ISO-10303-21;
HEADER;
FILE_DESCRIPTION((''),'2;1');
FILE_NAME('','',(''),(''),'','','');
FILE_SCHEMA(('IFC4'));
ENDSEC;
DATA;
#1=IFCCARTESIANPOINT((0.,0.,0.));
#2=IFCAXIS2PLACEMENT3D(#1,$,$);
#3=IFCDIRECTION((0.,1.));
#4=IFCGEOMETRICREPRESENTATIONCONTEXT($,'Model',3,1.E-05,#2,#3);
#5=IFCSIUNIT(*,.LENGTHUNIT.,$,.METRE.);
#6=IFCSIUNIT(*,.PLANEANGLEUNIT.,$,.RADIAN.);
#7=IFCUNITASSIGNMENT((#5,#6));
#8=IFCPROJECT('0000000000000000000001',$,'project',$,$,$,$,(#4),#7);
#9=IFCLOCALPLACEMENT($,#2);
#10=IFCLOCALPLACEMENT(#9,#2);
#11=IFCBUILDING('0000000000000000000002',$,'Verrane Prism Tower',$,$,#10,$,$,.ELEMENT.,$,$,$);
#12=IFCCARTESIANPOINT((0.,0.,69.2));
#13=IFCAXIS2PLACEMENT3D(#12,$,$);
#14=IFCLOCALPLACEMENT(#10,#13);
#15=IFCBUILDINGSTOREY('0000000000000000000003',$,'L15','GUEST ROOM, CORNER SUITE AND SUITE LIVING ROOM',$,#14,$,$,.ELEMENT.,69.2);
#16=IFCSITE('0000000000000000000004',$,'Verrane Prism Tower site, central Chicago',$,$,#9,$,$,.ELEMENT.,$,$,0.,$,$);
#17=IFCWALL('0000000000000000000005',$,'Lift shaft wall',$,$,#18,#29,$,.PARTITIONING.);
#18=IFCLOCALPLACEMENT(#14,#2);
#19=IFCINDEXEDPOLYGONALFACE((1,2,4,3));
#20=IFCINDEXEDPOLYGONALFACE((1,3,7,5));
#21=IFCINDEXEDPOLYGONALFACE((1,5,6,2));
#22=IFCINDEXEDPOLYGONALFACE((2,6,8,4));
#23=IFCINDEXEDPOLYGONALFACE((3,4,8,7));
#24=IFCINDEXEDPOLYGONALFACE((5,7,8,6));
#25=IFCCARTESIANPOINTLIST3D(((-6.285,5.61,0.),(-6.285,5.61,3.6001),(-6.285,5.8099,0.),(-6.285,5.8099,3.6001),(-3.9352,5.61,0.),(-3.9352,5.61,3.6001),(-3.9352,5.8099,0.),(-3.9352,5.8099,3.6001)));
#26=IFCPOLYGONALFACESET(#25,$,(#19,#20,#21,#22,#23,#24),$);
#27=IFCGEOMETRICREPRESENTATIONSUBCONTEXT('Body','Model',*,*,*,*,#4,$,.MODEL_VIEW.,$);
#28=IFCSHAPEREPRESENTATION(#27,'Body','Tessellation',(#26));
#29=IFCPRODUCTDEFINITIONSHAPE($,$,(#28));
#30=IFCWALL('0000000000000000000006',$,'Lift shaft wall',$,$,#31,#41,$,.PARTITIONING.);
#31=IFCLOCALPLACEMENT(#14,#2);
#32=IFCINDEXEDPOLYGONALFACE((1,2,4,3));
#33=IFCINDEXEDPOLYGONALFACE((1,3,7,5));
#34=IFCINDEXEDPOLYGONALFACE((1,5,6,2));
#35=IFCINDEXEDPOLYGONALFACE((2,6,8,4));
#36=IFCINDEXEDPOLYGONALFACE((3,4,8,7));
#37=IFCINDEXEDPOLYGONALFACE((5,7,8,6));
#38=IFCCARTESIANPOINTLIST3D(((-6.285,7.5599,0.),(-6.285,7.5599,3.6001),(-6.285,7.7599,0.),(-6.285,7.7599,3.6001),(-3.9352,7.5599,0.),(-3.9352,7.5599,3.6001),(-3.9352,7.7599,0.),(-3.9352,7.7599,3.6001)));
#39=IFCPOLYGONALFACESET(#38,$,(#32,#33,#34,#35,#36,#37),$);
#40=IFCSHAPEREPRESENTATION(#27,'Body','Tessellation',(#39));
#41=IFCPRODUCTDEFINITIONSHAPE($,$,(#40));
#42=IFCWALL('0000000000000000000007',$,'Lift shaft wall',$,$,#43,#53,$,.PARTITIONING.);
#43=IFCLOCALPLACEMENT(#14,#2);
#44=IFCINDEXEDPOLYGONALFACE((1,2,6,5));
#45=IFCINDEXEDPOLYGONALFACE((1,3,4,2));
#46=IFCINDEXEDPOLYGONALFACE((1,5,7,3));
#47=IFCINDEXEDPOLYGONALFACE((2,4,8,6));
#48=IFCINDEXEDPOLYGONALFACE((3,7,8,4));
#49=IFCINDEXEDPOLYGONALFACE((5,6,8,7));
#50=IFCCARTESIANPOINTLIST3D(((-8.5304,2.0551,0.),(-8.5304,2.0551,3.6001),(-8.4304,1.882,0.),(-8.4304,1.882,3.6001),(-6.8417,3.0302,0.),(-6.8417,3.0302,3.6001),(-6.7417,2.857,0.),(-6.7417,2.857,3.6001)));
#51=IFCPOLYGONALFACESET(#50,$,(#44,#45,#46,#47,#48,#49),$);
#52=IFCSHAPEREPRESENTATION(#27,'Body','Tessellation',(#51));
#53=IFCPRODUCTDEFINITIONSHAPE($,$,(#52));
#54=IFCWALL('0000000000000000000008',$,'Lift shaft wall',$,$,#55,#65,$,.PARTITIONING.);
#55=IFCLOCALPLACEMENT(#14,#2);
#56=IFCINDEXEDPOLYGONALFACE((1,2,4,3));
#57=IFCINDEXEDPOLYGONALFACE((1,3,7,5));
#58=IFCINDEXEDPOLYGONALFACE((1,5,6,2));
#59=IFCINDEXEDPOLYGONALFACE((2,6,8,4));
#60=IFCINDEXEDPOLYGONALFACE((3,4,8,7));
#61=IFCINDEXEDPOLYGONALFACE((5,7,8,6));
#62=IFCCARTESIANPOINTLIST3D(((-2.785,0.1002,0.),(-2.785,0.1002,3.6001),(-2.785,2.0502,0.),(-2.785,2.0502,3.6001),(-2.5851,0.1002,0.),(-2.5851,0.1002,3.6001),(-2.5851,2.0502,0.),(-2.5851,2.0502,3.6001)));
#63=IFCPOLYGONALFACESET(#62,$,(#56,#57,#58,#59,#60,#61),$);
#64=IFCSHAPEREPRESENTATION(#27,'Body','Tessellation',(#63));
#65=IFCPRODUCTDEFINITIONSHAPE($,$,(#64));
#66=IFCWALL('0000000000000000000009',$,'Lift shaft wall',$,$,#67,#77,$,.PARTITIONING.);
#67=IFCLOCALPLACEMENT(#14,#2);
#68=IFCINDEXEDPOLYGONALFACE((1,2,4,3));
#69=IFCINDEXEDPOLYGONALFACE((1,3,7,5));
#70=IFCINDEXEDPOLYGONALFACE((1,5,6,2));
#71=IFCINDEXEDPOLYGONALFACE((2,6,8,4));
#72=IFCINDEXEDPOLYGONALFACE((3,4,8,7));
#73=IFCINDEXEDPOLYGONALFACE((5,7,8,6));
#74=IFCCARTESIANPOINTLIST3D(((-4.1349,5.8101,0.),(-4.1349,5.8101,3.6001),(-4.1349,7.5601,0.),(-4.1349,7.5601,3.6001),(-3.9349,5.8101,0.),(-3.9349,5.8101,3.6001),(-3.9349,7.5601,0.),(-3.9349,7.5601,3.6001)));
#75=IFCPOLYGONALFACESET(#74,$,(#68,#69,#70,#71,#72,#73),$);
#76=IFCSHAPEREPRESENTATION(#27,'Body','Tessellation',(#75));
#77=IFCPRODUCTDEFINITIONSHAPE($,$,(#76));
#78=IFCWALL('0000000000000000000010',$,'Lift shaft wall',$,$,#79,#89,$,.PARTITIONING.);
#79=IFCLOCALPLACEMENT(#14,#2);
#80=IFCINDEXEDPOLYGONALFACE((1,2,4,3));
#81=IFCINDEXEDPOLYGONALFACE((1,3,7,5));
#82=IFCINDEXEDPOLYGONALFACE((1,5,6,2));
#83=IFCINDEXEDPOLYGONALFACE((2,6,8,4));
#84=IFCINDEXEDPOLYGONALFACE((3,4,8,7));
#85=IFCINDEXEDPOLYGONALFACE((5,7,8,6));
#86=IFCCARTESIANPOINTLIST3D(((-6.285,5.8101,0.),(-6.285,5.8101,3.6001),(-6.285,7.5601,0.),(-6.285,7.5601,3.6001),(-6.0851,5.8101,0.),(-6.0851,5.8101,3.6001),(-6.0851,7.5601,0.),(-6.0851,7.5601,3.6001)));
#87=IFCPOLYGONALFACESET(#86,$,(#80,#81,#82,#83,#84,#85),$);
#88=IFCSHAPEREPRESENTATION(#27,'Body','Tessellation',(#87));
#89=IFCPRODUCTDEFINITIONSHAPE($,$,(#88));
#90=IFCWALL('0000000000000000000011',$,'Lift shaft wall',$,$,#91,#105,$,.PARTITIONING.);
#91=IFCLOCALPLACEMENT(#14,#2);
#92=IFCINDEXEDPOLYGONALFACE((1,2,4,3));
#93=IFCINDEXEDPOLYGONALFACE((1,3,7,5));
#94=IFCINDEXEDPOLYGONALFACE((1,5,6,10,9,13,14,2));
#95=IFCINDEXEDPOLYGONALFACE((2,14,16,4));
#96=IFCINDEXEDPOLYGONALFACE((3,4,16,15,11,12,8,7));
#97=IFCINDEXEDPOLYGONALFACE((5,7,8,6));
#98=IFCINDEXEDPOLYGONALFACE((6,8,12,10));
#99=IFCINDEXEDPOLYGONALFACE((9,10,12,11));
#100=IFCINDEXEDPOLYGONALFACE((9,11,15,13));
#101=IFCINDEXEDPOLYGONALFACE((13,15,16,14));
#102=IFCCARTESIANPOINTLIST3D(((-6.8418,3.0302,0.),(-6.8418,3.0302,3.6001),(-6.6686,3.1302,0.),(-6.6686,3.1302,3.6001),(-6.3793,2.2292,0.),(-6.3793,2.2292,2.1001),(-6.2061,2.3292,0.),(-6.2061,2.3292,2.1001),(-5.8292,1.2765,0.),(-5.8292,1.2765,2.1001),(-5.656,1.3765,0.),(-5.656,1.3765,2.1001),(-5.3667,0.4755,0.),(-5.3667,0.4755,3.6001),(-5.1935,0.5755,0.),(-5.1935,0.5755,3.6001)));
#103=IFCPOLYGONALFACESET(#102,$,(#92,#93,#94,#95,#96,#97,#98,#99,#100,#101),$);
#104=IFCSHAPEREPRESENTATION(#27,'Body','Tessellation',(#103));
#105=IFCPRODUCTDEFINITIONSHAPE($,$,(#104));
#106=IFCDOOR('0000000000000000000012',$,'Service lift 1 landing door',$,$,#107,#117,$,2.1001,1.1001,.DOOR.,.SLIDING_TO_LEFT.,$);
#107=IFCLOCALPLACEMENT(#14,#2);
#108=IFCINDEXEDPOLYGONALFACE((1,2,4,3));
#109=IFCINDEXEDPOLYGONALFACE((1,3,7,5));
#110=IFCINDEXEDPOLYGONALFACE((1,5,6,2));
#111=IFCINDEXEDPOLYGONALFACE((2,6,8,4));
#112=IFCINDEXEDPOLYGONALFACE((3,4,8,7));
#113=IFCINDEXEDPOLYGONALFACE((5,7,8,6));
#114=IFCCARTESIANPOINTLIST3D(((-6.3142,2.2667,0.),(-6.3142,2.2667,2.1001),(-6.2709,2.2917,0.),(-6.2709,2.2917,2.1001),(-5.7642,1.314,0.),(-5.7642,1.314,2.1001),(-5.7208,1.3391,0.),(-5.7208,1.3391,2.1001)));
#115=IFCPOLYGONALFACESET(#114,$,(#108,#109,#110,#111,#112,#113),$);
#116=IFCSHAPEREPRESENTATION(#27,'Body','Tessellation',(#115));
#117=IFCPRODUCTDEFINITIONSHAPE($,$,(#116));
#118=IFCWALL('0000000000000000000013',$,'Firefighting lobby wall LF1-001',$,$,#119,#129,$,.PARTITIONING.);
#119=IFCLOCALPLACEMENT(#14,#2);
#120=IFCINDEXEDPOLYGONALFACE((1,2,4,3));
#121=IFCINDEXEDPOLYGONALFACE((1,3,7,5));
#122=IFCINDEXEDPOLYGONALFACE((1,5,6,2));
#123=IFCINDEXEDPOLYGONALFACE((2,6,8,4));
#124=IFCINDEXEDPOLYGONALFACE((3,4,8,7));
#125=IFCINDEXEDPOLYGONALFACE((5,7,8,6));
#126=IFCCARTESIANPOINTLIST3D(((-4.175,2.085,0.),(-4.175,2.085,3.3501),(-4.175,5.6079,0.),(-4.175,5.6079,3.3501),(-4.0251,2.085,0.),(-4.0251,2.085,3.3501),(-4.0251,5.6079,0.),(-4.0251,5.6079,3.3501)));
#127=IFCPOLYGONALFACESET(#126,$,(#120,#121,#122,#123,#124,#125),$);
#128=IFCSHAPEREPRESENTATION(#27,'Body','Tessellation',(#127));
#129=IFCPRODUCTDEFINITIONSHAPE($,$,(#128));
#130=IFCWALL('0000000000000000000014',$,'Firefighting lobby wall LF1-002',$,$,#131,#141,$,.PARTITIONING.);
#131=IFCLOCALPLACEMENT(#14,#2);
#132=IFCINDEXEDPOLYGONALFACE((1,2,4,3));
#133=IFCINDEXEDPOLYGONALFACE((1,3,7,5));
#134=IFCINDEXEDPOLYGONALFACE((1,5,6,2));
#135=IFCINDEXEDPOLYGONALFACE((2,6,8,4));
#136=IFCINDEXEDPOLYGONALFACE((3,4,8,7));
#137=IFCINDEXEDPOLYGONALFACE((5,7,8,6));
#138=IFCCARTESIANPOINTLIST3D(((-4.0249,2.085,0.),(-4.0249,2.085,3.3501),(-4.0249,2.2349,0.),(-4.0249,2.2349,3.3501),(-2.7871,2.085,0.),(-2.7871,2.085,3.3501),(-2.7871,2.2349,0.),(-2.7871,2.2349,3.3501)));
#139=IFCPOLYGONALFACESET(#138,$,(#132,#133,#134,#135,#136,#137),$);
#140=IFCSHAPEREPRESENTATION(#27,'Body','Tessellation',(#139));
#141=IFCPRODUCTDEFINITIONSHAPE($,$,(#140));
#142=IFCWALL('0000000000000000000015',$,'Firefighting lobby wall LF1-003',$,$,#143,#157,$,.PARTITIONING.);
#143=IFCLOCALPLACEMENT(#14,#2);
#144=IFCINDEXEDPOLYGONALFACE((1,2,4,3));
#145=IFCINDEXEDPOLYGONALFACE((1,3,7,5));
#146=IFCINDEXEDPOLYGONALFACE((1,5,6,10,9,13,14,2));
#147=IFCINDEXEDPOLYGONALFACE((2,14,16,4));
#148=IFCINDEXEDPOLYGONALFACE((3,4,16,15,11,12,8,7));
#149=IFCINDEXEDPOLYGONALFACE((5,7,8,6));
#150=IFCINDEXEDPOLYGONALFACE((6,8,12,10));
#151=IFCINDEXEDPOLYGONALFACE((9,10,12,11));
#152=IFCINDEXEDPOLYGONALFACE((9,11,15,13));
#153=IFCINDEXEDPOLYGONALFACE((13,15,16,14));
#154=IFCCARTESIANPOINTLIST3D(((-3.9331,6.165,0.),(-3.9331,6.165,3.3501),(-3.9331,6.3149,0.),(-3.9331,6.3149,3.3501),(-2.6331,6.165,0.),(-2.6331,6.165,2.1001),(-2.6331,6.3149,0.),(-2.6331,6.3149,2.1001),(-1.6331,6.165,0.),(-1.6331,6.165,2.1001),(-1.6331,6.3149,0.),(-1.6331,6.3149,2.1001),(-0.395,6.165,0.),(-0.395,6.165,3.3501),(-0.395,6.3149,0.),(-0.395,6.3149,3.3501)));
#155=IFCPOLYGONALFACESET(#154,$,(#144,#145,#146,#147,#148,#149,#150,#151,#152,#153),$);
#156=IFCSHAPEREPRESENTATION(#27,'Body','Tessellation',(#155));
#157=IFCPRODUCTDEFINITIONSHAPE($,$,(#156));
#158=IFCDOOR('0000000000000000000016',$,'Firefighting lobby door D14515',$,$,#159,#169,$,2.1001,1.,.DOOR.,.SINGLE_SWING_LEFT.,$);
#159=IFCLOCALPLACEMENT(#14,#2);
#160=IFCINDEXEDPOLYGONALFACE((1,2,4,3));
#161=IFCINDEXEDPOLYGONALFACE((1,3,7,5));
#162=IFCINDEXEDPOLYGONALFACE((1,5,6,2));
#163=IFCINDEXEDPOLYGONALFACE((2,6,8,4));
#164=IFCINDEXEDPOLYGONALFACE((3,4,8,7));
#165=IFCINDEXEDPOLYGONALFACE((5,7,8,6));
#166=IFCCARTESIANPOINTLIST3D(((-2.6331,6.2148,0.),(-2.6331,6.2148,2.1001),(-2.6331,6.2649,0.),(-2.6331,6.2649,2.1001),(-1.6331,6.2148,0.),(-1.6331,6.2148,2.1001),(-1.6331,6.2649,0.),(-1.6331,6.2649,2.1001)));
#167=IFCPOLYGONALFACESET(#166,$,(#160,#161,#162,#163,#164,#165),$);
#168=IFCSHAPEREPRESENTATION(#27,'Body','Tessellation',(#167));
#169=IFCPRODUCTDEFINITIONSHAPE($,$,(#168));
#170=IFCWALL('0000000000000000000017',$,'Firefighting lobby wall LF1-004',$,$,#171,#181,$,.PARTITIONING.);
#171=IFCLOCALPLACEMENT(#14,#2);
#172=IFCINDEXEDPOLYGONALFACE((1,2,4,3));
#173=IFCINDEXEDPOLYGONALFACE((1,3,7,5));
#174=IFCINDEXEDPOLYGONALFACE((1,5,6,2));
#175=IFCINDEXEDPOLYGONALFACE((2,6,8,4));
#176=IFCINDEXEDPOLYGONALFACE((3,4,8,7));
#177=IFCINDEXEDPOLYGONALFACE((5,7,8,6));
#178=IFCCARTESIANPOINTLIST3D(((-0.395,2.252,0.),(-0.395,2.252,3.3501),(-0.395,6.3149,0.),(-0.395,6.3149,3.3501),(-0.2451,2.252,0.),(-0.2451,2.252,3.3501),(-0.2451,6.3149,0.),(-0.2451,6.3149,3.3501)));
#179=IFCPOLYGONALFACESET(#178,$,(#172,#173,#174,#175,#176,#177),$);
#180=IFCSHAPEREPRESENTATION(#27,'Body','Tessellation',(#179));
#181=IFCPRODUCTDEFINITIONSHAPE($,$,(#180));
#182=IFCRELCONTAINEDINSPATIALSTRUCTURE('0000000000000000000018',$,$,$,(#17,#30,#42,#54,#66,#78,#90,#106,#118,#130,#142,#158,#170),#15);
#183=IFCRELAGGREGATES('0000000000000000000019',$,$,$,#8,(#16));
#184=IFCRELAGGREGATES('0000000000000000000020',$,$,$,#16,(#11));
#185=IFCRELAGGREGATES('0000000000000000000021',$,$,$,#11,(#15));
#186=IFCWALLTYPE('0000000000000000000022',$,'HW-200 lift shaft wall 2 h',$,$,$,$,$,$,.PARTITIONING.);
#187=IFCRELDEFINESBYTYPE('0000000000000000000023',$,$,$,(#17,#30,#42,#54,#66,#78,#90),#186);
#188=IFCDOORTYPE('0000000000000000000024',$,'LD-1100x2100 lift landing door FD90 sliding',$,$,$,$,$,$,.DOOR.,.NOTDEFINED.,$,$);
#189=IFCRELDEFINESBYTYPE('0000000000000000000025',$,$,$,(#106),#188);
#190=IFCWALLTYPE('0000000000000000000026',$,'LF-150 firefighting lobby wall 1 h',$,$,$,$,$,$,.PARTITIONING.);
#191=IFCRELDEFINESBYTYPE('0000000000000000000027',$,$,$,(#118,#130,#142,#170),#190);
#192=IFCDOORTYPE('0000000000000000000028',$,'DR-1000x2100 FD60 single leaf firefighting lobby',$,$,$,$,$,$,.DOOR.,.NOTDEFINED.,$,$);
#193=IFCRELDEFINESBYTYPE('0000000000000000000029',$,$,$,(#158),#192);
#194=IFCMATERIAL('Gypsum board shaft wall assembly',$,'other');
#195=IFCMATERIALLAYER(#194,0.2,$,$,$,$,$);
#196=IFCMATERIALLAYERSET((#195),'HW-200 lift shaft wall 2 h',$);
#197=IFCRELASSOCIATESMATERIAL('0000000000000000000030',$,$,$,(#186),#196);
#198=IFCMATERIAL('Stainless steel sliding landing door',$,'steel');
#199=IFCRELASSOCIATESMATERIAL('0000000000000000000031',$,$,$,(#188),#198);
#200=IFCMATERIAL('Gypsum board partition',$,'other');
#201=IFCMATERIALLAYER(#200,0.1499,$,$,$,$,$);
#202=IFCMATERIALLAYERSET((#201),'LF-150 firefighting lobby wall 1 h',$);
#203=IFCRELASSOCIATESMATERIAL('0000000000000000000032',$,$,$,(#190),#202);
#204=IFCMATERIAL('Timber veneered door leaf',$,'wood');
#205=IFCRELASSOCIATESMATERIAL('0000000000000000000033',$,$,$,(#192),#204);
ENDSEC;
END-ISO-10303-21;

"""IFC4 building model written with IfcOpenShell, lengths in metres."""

from ifc_helpers import new_model, si_unit, direction, frame, frame_2d, origin, place, context, subcontext, project, spatial, rectangle, extrude, material, layer, layer_set, type_object, element, fill, save


model = new_model("IFC4")

# Units and contexts
model_context = context("Model", 3, precision=1e-05, world=origin(), true_north=direction((0.0, 1.0)))
body_context = subcontext(model_context, "Body", "Model", "MODEL_VIEW")
ifc_project = project(units=[si_unit("LENGTHUNIT", "METRE"), si_unit("PLANEANGLEUNIT", "RADIAN")], contexts=[model_context])

# Site, building, storey
site_placement = place(None, origin())
site = spatial("IfcSite", under=ifc_project, at=site_placement, Name="Verrane Prism Tower site, central Chicago", CompositionType="ELEMENT", RefElevation=0.0)
building_placement = place(site_placement, origin())
building = spatial("IfcBuilding", under=site, at=building_placement, Name="Verrane Prism Tower", CompositionType="ELEMENT")
storey_placement = place(building_placement, frame((0.0, 0.0, 69.2)))
storey = spatial("IfcBuildingStorey", under=building, at=storey_placement, Name="L15", Description="GUEST ROOM, CORNER SUITE AND SUITE LIVING ROOM", CompositionType="ELEMENT", Elevation=69.2)

# Shared definitions
ifc_material_1 = material(Name="Gypsum board shaft wall assembly", Category="other")
ifc_layer_1 = layer(ifc_material_1, 0.2)
ifc_layer_set_1 = layer_set([ifc_layer_1], Name="HW-200 lift shaft wall 2 h")
wall_type_1 = type_object("IfcWallType", Name="HW-200 lift shaft wall 2 h", PredefinedType="PARTITIONING", material=ifc_layer_set_1)
ifc_material_2 = material(Name="Stainless steel sliding landing door", Category="steel")
door_type_1 = type_object("IfcDoorType", Name="LD-1100x2100 lift landing door FD90 sliding", OperationType="NOTDEFINED", PredefinedType="DOOR", material=ifc_material_2)

# Walls
for number, where, z_axis, x_axis, name in (
    (1, (-6.2849, 5.71, 0.0), (0.0, 0.0, 1.0), (1.0, 0.0, 0.0), "Lift shaft wall"),
    (2, (-6.2849, 7.6599, 0.0), (0.0, 0.0, 1.0), (1.0, 0.0, 0.0), "Lift shaft wall"),
):
    element("IfcWall", number, at=place(storey_placement, frame(where, z_axis=z_axis, x_axis=x_axis)), inside=storey, type_object=wall_type_1, Name=name, PredefinedType="PARTITIONING", context=body_context, shape_type="SweptSolid", body=[
        extrude(rectangle(XDim=2.3499, YDim=0.2, at=frame_2d((1.1748, 0.0))), origin(), (0.0, 0.0, 1.0), 3.6001),
    ])
for number, where, z_axis, x_axis, name in (
    (3, (-8.4805, 1.9685, 0.0), (0.0, 0.0, 1.0), (0.866, 0.500044, 0.0), "Lift shaft wall"),
    (4, (-2.6851, 0.1001, 0.0), (0.0, 0.0, 1.0), (0.0, 1.0, 0.0), "Lift shaft wall"),
):
    element("IfcWall", number, at=place(storey_placement, frame(where, z_axis=z_axis, x_axis=x_axis)), inside=storey, type_object=wall_type_1, Name=name, PredefinedType="PARTITIONING", context=body_context, shape_type="SweptSolid", body=[
        extrude(rectangle(XDim=1.95, YDim=0.2, at=frame_2d((0.9751, 0.0))), origin(), (0.0, 0.0, 1.0), 3.6001),
    ])
for number, where, z_axis, x_axis, name in (
    (5, (-4.0349, 5.8101, 0.0), (0.0, 0.0, 1.0), (0.0, 1.0, 0.0), "Lift shaft wall"),
    (6, (-6.1851, 5.8101, 0.0), (0.0, 0.0, 1.0), (0.0, 1.0, 0.0), "Lift shaft wall"),
):
    element("IfcWall", number, at=place(storey_placement, frame(where, z_axis=z_axis, x_axis=x_axis)), inside=storey, type_object=wall_type_1, Name=name, PredefinedType="PARTITIONING", context=body_context, shape_type="SweptSolid", body=[
        extrude(rectangle(XDim=1.75, YDim=0.2, at=frame_2d((0.875, 0.0))), origin(), (0.0, 0.0, 1.0), 3.6001),
    ])

# Wall, opening, door
wall_1_placement = place(storey_placement, frame((-5.28, 0.5254, 0.0), z_axis=(0.0, 0.0, 1.0), x_axis=(-0.500038, 0.866004, 0.0)))
wall_1 = element("IfcWall", 7, at=wall_1_placement, inside=storey, type_object=wall_type_1, Name="Lift shaft wall", PredefinedType="PARTITIONING", context=body_context, shape_type="SweptSolid", body=[
    extrude(rectangle(XDim=2.95, YDim=0.2, at=frame_2d((1.4751, 0.0))), origin(), (0.0, 0.0, 1.0), 3.6001),
])
opening_1_placement = place(wall_1_placement, frame((0.925, 0.0, 0.0)))
opening_1 = element("IfcOpeningElement", 8, at=opening_1_placement, cuts=wall_1, PredefinedType="OPENING", context=body_context, shape_type="SweptSolid", body=[
    extrude(rectangle(XDim=1.1001, YDim=2.1001, at=frame_2d((0.55, 1.05))), frame((0.0, 0.1099, 0.0), z_axis=(0.0, -1.0, 0.0), x_axis=(1.0, 0.0, 0.0)), (0.0, 0.0, 1.0), 0.22),
])
door_1_placement = place(opening_1_placement, origin())
door_1 = element("IfcDoor", 9, at=door_1_placement, inside=storey, type_object=door_type_1, Name="Service lift 1 landing door", OperationType="SLIDING_TO_LEFT", OverallHeight=2.1001, OverallWidth=1.1001, PredefinedType="DOOR", context=body_context, shape_type="SweptSolid", body=[
    extrude(rectangle(XDim=1.1001, YDim=2.1001, at=frame_2d((0.55, 1.05))), frame((0.0, 0.0249, 0.0), z_axis=(0.0, -1.0, 0.0), x_axis=(1.0, 0.0, 0.0)), (0.0, 0.0, 1.0), 0.05),
])
fill(opening_1, door_1)

# Walls
ifc_material_3 = material(Name="Gypsum board partition", Category="other")
ifc_layer_2 = layer(ifc_material_3, 0.1499)
ifc_layer_set_2 = layer_set([ifc_layer_2], Name="LF-150 firefighting lobby wall 1 h")
wall_type_2 = type_object("IfcWallType", Name="LF-150 firefighting lobby wall 1 h", PredefinedType="PARTITIONING", material=ifc_layer_set_2)
wall_2_placement = place(storey_placement, frame((-4.1001, 2.085, 0.0), z_axis=(0.0, 0.0, 1.0), x_axis=(0.0, 1.0, 0.0)))
element("IfcWall", 10, at=wall_2_placement, inside=storey, type_object=wall_type_2, Name="Firefighting lobby wall LF1-001", PredefinedType="PARTITIONING", context=body_context, shape_type="SweptSolid", body=[
    extrude(rectangle(XDim=3.5229, YDim=0.1499, at=frame_2d((1.7615, 0.0))), origin(), (0.0, 0.0, 1.0), 3.3501),
])
wall_3_placement = place(storey_placement, frame((-4.0249, 2.1599, 0.0), z_axis=(0.0, 0.0, 1.0), x_axis=(1.0, 0.0, 0.0)))
element("IfcWall", 11, at=wall_3_placement, inside=storey, type_object=wall_type_2, Name="Firefighting lobby wall LF1-002", PredefinedType="PARTITIONING", context=body_context, shape_type="SweptSolid", body=[
    extrude(rectangle(XDim=1.2378, YDim=0.1499, at=frame_2d((0.6189, 0.0))), origin(), (0.0, 0.0, 1.0), 3.3501),
])

# Wall, opening, door
wall_4_placement = place(storey_placement, frame((-3.9331, 6.24, 0.0), z_axis=(0.0, 0.0, 1.0), x_axis=(1.0, 0.0, 0.0)))
wall_4 = element("IfcWall", 12, at=wall_4_placement, inside=storey, type_object=wall_type_2, Name="Firefighting lobby wall LF1-003", PredefinedType="PARTITIONING", context=body_context, shape_type="SweptSolid", body=[
    extrude(rectangle(XDim=3.5381, YDim=0.1499, at=frame_2d((1.769, 0.0))), origin(), (0.0, 0.0, 1.0), 3.3501),
])
opening_2_placement = place(wall_4_placement, frame((1.3, 0.0, 0.0)))
opening_2 = element("IfcOpeningElement", 13, at=opening_2_placement, cuts=wall_4, PredefinedType="OPENING", context=body_context, shape_type="SweptSolid", body=[
    extrude(rectangle(XDim=1.0, YDim=2.1001, at=frame_2d((0.5, 1.05))), frame((0.0, 0.085, 0.0), z_axis=(0.0, -1.0, 0.0), x_axis=(1.0, 0.0, 0.0)), (0.0, 0.0, 1.0), 0.1699),
])
ifc_material_4 = material(Name="Timber veneered door leaf", Category="wood")
door_type_2 = type_object("IfcDoorType", Name="DR-1000x2100 FD60 single leaf firefighting lobby", OperationType="NOTDEFINED", PredefinedType="DOOR", material=ifc_material_4)
door_2_placement = place(opening_2_placement, origin())
door_2 = element("IfcDoor", 14, at=door_2_placement, inside=storey, type_object=door_type_2, Name="Firefighting lobby door D14515", OperationType="SINGLE_SWING_LEFT", OverallHeight=2.1001, OverallWidth=1.0, PredefinedType="DOOR", context=body_context, shape_type="SweptSolid", body=[
    extrude(rectangle(XDim=1.0, YDim=2.1001, at=frame_2d((0.5, 1.05))), frame((0.0, 0.0249, 0.0), z_axis=(0.0, -1.0, 0.0), x_axis=(1.0, 0.0, 0.0)), (0.0, 0.0, 1.0), 0.05),
])
fill(opening_2, door_2)

# Wall
wall_5_placement = place(storey_placement, frame((-0.3201, 2.252, 0.0), z_axis=(0.0, 0.0, 1.0), x_axis=(0.0, 1.0, 0.0)))
element("IfcWall", 15, at=wall_5_placement, inside=storey, type_object=wall_type_2, Name="Firefighting lobby wall LF1-004", PredefinedType="PARTITIONING", context=body_context, shape_type="SweptSolid", body=[
    extrude(rectangle(XDim=4.063, YDim=0.1499, at=frame_2d((2.0315, 0.0))), origin(), (0.0, 0.0, 1.0), 3.3501),
])

save(model, "model.ifc")
